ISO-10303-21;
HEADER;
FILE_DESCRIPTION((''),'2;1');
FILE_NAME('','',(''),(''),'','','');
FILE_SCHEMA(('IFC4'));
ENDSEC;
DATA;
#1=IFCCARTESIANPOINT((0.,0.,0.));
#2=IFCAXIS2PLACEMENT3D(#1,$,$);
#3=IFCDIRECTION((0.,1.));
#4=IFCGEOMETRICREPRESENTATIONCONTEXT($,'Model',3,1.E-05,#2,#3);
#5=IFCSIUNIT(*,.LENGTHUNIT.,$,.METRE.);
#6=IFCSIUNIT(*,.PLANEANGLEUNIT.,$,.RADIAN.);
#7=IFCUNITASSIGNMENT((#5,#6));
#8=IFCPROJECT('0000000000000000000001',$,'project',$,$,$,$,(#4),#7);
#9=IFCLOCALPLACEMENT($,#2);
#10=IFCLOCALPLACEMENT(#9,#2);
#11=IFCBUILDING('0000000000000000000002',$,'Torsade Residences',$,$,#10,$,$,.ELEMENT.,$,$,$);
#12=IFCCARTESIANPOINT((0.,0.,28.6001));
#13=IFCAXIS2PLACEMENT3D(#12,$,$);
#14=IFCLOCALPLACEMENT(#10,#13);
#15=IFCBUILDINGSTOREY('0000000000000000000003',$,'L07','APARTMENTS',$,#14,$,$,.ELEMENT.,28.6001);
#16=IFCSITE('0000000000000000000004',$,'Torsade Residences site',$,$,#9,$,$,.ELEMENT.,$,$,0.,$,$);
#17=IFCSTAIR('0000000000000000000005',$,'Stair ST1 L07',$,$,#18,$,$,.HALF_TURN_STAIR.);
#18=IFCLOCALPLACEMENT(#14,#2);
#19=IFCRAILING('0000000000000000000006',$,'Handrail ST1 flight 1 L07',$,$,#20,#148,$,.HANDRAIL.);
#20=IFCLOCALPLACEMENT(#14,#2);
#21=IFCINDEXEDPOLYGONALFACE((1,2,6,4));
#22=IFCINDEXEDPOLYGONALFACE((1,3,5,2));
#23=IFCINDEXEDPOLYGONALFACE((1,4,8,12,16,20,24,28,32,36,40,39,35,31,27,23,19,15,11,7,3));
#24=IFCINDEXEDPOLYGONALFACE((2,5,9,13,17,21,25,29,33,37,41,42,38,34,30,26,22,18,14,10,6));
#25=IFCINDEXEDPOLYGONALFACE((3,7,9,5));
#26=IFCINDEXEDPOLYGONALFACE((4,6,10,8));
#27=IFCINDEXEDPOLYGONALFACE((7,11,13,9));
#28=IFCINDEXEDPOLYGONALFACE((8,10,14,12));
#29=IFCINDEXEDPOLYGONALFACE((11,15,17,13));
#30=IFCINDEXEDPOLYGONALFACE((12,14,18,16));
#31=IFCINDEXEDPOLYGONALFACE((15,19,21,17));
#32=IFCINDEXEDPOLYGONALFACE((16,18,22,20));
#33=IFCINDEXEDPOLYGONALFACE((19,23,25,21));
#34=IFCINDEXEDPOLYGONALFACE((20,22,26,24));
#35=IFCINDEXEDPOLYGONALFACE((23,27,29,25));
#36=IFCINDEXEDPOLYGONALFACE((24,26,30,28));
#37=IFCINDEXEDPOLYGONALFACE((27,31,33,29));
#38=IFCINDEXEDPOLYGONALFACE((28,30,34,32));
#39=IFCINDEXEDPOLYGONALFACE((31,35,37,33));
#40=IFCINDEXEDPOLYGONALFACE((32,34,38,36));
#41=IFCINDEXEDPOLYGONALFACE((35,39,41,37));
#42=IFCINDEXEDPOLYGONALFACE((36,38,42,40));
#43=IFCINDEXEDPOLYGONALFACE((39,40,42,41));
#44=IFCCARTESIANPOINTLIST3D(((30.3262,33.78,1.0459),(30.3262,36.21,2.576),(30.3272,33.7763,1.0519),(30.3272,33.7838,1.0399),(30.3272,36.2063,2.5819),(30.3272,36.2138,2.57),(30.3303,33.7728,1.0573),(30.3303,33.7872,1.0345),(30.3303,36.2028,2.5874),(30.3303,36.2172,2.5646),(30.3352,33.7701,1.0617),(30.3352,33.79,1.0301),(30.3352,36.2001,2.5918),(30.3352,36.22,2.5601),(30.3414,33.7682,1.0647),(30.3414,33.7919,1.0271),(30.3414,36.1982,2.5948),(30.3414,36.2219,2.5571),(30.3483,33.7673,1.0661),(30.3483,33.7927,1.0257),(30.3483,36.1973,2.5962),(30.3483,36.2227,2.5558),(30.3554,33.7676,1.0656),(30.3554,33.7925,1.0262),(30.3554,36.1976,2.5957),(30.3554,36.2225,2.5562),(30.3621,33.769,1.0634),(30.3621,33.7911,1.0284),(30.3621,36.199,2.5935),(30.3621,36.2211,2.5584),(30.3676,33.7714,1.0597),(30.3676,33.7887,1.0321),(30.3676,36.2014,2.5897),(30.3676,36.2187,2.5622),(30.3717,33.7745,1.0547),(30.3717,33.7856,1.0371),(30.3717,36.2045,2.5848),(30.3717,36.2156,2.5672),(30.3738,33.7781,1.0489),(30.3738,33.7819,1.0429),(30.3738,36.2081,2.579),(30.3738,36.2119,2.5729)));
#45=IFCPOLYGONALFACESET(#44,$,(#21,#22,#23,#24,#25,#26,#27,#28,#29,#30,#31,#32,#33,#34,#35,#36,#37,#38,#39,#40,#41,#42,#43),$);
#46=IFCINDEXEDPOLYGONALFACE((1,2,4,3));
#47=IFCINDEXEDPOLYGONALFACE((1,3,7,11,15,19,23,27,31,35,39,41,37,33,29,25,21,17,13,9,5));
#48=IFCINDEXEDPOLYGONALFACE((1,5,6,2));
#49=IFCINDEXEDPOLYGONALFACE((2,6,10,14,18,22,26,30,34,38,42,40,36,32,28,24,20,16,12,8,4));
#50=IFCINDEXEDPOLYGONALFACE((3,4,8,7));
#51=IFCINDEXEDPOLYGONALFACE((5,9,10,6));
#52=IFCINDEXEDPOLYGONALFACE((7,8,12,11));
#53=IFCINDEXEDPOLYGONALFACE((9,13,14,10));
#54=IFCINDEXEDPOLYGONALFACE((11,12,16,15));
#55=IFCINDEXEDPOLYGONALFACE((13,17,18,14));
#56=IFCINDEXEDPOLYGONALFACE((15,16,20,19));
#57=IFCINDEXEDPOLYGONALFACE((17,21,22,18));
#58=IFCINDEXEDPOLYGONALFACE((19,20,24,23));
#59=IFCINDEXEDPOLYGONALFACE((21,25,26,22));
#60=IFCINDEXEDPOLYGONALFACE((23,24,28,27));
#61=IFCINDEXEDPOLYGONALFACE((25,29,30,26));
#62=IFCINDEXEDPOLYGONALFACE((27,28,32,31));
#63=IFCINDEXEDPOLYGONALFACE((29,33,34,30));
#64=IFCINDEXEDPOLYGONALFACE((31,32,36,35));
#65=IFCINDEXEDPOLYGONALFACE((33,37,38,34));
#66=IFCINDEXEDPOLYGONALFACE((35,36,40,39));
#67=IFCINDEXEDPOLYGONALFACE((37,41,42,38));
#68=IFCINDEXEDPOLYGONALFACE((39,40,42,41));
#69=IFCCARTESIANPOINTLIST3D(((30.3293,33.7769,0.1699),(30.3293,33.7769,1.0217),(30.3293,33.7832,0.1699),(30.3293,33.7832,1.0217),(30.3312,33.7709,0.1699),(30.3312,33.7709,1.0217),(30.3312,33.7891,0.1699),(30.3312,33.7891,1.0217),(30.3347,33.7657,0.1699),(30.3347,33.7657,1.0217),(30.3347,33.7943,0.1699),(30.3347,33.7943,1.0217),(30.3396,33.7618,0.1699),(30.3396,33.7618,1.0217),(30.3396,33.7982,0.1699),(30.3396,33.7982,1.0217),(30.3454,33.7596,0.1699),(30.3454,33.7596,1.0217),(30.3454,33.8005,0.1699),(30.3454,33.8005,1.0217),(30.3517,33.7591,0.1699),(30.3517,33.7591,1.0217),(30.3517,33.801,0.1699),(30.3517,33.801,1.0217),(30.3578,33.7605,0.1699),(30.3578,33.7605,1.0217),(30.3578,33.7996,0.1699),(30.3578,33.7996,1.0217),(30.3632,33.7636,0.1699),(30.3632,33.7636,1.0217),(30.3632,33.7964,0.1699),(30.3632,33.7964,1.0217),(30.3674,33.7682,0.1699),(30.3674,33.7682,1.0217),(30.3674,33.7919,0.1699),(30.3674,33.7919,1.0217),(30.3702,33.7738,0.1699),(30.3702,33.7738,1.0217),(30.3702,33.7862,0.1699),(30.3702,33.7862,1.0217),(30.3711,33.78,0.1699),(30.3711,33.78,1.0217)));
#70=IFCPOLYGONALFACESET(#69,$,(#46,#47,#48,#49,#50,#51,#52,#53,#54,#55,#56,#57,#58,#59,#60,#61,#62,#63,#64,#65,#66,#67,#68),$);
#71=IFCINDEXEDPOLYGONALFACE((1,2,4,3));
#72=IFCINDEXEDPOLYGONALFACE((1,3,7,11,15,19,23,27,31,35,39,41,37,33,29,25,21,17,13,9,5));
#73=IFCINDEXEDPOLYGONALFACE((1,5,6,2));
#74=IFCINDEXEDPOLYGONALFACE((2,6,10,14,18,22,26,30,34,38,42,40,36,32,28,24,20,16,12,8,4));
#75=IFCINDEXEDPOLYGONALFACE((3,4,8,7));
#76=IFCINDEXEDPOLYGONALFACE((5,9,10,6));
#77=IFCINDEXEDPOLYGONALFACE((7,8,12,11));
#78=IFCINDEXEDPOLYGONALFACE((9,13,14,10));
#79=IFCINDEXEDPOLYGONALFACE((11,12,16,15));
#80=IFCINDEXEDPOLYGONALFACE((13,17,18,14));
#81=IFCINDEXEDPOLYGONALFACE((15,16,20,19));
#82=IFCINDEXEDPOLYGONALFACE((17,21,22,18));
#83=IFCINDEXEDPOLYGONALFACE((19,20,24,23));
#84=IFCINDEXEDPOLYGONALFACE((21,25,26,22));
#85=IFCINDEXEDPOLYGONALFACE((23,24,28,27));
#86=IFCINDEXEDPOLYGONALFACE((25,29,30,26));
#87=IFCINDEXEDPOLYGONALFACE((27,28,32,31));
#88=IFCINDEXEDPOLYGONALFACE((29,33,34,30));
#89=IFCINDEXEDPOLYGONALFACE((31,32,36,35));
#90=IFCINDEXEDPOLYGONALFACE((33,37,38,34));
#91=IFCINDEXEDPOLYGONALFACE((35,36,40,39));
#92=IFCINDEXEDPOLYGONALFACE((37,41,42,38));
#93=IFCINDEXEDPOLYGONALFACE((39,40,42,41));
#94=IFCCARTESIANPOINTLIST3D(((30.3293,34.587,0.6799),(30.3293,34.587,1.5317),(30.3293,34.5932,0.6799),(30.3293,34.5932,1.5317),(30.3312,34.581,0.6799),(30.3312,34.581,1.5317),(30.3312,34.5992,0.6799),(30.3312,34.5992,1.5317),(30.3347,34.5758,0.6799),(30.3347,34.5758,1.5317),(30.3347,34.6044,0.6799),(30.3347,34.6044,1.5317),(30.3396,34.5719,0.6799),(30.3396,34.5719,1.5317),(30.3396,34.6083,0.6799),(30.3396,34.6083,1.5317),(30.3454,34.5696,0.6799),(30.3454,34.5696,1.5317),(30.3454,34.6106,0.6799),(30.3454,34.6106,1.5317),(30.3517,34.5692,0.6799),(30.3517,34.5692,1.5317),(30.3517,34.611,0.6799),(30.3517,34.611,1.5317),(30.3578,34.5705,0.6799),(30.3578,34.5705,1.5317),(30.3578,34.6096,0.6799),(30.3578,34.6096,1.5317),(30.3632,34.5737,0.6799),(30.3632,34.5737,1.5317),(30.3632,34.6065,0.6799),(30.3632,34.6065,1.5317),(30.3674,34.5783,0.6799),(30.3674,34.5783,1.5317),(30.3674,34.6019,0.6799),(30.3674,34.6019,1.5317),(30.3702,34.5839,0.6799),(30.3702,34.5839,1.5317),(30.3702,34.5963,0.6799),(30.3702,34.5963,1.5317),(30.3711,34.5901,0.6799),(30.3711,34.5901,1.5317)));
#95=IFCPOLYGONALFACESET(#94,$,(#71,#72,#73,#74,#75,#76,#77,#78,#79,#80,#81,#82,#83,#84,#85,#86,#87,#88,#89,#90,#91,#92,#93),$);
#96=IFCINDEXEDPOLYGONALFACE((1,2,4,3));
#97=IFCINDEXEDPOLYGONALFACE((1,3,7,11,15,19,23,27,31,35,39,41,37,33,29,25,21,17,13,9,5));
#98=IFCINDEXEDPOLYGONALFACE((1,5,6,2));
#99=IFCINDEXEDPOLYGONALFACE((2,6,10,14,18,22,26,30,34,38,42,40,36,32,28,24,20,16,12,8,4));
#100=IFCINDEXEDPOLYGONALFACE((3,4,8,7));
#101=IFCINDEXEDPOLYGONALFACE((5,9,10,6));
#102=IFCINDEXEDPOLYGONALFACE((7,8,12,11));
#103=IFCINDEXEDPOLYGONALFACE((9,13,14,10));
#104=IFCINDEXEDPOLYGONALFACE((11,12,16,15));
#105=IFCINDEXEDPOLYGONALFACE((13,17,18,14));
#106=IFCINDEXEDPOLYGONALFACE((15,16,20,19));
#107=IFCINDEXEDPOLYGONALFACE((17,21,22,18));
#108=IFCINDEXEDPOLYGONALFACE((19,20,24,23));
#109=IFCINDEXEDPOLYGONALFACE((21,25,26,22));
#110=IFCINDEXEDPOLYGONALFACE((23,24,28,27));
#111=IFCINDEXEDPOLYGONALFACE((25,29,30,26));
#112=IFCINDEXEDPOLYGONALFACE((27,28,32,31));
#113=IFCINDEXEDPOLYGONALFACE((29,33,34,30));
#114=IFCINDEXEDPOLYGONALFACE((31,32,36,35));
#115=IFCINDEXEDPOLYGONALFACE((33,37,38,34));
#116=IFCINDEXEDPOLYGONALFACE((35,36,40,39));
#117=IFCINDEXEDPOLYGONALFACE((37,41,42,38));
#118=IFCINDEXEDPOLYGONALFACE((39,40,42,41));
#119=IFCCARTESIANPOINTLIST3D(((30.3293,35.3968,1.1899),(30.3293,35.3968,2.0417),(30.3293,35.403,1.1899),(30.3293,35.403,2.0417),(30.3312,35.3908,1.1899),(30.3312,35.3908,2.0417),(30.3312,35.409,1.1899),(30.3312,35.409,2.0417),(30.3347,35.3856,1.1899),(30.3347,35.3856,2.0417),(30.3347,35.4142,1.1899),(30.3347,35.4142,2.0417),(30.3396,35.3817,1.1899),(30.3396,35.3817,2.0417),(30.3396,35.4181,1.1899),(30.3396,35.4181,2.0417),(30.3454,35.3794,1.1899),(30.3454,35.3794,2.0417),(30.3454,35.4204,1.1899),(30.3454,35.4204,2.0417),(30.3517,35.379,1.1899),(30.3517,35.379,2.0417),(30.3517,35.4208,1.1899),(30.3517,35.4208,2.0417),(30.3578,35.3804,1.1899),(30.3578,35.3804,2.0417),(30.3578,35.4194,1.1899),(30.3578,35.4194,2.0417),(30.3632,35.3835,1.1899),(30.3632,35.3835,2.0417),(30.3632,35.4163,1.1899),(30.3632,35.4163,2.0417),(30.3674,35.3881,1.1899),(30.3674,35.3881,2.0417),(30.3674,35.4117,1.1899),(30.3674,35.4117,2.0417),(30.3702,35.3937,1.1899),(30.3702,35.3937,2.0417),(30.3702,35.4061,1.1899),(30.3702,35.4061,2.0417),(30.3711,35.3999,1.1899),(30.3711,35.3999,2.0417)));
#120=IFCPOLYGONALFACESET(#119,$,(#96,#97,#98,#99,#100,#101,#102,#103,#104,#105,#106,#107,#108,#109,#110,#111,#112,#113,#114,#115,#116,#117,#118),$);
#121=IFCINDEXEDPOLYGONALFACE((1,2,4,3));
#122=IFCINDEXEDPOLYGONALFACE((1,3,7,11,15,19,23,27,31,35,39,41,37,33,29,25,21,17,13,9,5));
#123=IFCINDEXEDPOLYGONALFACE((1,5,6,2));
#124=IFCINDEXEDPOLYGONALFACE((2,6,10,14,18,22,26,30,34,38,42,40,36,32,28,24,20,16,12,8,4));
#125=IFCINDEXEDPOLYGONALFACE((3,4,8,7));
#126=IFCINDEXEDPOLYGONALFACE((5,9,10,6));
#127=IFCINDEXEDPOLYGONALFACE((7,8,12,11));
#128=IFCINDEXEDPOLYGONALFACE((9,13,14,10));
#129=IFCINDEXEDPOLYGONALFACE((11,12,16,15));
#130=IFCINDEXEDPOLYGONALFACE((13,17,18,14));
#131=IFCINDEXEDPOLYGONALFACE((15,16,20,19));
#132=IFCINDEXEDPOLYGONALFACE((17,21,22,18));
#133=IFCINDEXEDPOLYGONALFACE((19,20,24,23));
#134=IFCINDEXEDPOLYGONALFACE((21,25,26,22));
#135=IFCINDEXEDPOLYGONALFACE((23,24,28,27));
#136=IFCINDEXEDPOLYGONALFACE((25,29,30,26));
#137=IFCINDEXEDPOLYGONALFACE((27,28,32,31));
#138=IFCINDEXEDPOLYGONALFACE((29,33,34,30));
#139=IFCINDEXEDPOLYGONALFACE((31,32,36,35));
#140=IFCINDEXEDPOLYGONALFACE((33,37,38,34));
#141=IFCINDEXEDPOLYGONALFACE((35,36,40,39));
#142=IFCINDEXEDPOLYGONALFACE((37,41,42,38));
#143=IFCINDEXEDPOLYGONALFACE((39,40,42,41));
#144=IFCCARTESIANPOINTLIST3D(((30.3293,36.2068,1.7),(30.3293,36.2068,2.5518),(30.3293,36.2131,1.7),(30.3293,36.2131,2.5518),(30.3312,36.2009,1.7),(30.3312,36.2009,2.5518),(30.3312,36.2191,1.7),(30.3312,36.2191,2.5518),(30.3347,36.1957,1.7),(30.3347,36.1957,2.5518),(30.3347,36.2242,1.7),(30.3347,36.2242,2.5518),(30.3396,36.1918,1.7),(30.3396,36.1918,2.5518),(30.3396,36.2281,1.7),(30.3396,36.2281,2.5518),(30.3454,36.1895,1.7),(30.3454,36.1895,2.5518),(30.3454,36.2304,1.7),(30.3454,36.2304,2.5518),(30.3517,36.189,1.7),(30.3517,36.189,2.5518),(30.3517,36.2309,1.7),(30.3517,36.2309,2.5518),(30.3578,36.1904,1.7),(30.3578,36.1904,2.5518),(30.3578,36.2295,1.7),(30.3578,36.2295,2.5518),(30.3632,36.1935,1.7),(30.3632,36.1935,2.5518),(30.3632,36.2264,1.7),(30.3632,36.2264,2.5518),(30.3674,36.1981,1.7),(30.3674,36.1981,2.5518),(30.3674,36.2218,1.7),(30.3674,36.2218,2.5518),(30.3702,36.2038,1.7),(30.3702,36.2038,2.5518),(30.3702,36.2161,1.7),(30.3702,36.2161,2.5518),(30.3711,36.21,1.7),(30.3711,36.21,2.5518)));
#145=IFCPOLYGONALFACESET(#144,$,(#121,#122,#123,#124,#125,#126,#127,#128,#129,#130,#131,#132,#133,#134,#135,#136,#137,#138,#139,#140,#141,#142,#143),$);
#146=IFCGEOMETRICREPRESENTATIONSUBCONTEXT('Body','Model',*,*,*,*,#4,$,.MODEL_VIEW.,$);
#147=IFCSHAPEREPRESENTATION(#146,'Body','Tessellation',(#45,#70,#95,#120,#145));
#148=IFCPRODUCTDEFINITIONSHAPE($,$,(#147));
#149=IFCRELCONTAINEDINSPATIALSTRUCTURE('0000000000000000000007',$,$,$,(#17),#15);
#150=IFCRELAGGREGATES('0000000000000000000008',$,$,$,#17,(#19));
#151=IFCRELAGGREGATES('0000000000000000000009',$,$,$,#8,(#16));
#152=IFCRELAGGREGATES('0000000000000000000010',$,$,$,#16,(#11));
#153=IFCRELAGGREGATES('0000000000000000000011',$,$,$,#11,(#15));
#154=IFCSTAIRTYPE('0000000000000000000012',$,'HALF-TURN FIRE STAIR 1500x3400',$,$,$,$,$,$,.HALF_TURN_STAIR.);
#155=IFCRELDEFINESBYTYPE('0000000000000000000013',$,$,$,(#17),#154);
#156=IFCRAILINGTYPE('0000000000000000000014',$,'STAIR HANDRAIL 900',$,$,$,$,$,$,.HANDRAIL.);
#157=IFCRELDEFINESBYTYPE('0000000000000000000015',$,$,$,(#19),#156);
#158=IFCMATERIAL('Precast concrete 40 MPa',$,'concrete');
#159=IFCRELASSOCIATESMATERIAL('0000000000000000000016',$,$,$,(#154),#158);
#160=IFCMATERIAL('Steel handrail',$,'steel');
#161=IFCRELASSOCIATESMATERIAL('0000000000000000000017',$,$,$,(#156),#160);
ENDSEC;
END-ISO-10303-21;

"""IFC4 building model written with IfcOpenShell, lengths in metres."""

from ifc_helpers import new_model, si_unit, direction, frame, origin, origin_2d, place, context, subcontext, project, spatial, circle, extrude, material, type_object, element, aggregate, save


model = new_model("IFC4")

# Units and contexts
model_context = context("Model", 3, precision=1e-05, world=origin(), true_north=direction((0.0, 1.0)))
body_context = subcontext(model_context, "Body", "Model", "MODEL_VIEW")
ifc_project = project(units=[si_unit("LENGTHUNIT", "METRE"), si_unit("PLANEANGLEUNIT", "RADIAN")], contexts=[model_context])

# Site, building, storey
site_placement = place(None, origin())
site = spatial("IfcSite", under=ifc_project, at=site_placement, Name="Torsade Residences site", CompositionType="ELEMENT", RefElevation=0.0)
building_placement = place(site_placement, origin())
building = spatial("IfcBuilding", under=site, at=building_placement, Name="Torsade Residences", CompositionType="ELEMENT")
storey_placement = place(building_placement, frame((0.0, 0.0, 28.6001)))
storey = spatial("IfcBuildingStorey", under=building, at=storey_placement, Name="L07", Description="APARTMENTS", CompositionType="ELEMENT", Elevation=28.6001)

# Stair, railing
ifc_material_1 = material(Name="Precast concrete 40 MPa", Category="concrete")
stair_type = type_object("IfcStairType", Name="HALF-TURN FIRE STAIR 1500x3400", PredefinedType="HALF_TURN_STAIR", material=ifc_material_1)
stair_placement = place(storey_placement, origin())
stair = element("IfcStair", 1, at=stair_placement, inside=storey, type_object=stair_type, Name="Stair ST1 L07", PredefinedType="HALF_TURN_STAIR")
ifc_material_2 = material(Name="Steel handrail", Category="steel")
railing_type = type_object("IfcRailingType", Name="STAIR HANDRAIL 900", PredefinedType="HANDRAIL", material=ifc_material_2)
railing_1_placement = place(storey_placement, frame((30.3501, 33.78, 0.1699)))
railing_1 = element("IfcRailing", 2, at=railing_1_placement, type_object=railing_type, Name="Handrail ST1 flight 1 L07", PredefinedType="HANDRAIL", context=body_context, shape_type="SweptSolid", body=[
    extrude(circle(Radius=0.0239, at=origin_2d()), frame((0.0, 0.0, 0.876), z_axis=(0.0, 0.846221, 0.532831), x_axis=(-1.0, 0.0, 0.0)), (0.0, 0.0, 1.0), 2.8716),
    extrude(circle(Radius=0.021, at=origin_2d()), origin(), (0.0, 0.0, 1.0), 0.8518),
    extrude(circle(Radius=0.021, at=origin_2d()), frame((0.0, 0.8101, 0.51)), (0.0, 0.0, 1.0), 0.8518),
    extrude(circle(Radius=0.021, at=origin_2d()), frame((0.0, 1.6199, 1.02)), (0.0, 0.0, 1.0), 0.8518),
    extrude(circle(Radius=0.021, at=origin_2d()), frame((0.0, 2.4299, 1.53)), (0.0, 0.0, 1.0), 0.8518),
])
aggregate(stair, [railing_1])

save(model, "model.ifc")
